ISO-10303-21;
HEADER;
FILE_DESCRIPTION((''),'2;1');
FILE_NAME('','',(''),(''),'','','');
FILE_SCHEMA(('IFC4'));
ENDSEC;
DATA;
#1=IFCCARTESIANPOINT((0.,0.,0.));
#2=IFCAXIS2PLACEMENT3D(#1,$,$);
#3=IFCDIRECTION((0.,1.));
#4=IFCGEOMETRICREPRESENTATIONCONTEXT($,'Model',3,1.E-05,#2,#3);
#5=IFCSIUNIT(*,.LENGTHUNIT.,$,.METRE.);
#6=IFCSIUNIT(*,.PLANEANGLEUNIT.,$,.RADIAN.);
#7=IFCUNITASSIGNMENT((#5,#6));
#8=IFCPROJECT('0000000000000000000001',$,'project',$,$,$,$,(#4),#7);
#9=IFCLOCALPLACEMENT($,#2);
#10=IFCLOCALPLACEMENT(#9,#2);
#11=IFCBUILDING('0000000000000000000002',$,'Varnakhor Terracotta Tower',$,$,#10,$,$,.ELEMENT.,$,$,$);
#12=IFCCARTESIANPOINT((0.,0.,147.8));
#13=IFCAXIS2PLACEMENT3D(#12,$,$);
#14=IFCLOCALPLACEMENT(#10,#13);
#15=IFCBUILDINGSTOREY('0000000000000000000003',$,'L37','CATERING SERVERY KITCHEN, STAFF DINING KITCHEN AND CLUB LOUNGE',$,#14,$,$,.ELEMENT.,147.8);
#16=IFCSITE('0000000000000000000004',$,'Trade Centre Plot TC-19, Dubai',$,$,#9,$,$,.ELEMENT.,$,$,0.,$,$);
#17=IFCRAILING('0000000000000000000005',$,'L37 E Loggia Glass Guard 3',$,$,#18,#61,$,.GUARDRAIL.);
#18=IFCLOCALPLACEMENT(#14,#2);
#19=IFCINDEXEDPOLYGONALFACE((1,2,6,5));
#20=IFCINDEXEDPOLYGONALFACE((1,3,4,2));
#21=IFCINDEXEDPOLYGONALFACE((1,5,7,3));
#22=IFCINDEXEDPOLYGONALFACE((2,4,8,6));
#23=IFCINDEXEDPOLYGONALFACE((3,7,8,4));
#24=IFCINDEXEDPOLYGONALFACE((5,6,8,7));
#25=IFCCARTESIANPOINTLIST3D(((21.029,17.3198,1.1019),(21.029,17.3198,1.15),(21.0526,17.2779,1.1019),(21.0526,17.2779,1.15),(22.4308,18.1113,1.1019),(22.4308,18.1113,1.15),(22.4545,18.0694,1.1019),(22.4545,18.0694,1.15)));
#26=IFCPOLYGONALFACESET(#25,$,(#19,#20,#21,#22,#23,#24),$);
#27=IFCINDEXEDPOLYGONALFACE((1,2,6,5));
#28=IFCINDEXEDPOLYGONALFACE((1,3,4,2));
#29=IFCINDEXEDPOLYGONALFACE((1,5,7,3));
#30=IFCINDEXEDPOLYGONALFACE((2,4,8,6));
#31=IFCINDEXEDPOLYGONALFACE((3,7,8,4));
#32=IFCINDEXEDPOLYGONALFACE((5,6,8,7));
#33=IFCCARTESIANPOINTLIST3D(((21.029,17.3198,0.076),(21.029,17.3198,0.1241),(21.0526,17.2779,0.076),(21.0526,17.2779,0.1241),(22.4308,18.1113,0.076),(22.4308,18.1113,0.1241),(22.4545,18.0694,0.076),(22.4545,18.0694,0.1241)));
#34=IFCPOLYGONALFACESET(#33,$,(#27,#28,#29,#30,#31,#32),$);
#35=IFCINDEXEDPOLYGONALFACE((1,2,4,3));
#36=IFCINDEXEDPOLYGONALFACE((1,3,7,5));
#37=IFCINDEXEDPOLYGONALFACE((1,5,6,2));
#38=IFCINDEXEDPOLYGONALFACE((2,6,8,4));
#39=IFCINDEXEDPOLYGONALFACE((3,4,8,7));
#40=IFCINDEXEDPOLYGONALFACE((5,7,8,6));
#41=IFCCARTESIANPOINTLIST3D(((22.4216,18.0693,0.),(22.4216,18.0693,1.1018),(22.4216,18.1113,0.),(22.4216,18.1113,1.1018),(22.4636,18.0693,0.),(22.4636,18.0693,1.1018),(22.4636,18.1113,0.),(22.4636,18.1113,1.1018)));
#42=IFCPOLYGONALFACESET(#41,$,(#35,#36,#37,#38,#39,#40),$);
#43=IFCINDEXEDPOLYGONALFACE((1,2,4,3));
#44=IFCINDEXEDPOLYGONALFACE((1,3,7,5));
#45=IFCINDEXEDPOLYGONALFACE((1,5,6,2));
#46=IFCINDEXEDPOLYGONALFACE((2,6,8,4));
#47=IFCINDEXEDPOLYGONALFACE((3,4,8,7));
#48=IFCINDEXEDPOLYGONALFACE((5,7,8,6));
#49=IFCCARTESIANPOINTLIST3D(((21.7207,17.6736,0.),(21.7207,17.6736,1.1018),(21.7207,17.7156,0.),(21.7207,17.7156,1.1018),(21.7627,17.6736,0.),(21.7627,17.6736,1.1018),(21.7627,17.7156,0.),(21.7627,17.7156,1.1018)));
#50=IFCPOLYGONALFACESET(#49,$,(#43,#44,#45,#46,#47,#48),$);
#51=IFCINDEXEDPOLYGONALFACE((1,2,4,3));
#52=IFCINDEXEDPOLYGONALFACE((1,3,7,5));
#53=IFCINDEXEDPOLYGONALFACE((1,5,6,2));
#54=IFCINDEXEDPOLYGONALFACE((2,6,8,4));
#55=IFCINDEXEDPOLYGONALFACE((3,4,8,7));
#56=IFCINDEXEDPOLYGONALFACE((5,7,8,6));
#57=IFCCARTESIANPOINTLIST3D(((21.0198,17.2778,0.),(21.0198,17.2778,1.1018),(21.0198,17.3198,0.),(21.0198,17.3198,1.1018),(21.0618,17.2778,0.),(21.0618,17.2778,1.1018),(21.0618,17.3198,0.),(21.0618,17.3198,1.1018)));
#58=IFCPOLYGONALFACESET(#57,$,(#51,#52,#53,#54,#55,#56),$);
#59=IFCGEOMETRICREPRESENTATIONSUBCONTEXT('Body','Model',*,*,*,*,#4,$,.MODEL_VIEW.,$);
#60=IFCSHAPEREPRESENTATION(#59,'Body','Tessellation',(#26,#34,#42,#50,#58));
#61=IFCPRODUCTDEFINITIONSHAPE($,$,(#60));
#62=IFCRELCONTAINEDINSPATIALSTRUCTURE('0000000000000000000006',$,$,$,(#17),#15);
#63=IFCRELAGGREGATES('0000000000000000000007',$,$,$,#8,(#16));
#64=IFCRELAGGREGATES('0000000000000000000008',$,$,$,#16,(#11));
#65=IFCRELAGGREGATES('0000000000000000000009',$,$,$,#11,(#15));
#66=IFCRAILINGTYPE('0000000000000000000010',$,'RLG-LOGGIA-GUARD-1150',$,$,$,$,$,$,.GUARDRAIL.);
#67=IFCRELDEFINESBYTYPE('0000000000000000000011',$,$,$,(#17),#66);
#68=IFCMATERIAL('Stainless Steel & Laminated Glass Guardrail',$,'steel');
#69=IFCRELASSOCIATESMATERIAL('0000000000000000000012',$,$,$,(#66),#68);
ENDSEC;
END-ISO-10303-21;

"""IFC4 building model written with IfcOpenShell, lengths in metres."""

from ifc_helpers import new_model, si_unit, direction, frame, origin, origin_2d, place, context, subcontext, project, spatial, rectangle, extrude, material, type_object, element, save


model = new_model("IFC4")

# Units and contexts
model_context = context("Model", 3, precision=1e-05, world=origin(), true_north=direction((0.0, 1.0)))
body_context = subcontext(model_context, "Body", "Model", "MODEL_VIEW")
ifc_project = project(units=[si_unit("LENGTHUNIT", "METRE"), si_unit("PLANEANGLEUNIT", "RADIAN")], contexts=[model_context])

# Site, building, storey
site_placement = place(None, origin())
site = spatial("IfcSite", under=ifc_project, at=site_placement, Name="Trade Centre Plot TC-19, Dubai", CompositionType="ELEMENT", RefElevation=0.0)
building_placement = place(site_placement, origin())
building = spatial("IfcBuilding", under=site, at=building_placement, Name="Varnakhor Terracotta Tower", CompositionType="ELEMENT")
storey_placement = place(building_placement, frame((0.0, 0.0, 147.8)))
storey = spatial("IfcBuildingStorey", under=building, at=storey_placement, Name="L37", Description="CATERING SERVERY KITCHEN, STAFF DINING KITCHEN AND CLUB LOUNGE", CompositionType="ELEMENT", Elevation=147.8)

# Railing
ifc_material_1 = material(Name="Stainless Steel & Laminated Glass Guardrail", Category="steel")
railing_type = type_object("IfcRailingType", Name="RLG-LOGGIA-GUARD-1150", PredefinedType="GUARDRAIL", material=ifc_material_1)
railing_placement = place(storey_placement, frame((22.4426, 18.0903, 0.0)))
element("IfcRailing", 1, at=railing_placement, inside=storey, type_object=railing_type, Name="L37 E Loggia Glass Guard 3", PredefinedType="GUARDRAIL", context=body_context, shape_type="SweptSolid", body=[
    extrude(rectangle(XDim=0.0481, YDim=0.0481, at=origin_2d()), frame((0.0, 0.0, 1.126), z_axis=(-0.870789, -0.491657, 0.0), x_axis=(0.491657, -0.870789, 0.0)), (0.0, 0.0, 1.0), 1.6099),
    extrude(rectangle(XDim=0.0481, YDim=0.0481, at=origin_2d()), frame((0.0, 0.0, 0.1001), z_axis=(-0.870789, -0.491657, 0.0), x_axis=(0.491657, -0.870789, 0.0)), (0.0, 0.0, 1.0), 1.6099),
    extrude(rectangle(XDim=0.042, YDim=0.042, at=origin_2d()), origin(), (0.0, 0.0, 1.0), 1.1018),
    extrude(rectangle(XDim=0.042, YDim=0.042, at=origin_2d()), frame((-0.7009, -0.3958, 0.0)), (0.0, 0.0, 1.0), 1.1018),
    extrude(rectangle(XDim=0.042, YDim=0.042, at=origin_2d()), frame((-1.4019, -0.7915, 0.0)), (0.0, 0.0, 1.0), 1.1018),
])

save(model, "model.ifc")
